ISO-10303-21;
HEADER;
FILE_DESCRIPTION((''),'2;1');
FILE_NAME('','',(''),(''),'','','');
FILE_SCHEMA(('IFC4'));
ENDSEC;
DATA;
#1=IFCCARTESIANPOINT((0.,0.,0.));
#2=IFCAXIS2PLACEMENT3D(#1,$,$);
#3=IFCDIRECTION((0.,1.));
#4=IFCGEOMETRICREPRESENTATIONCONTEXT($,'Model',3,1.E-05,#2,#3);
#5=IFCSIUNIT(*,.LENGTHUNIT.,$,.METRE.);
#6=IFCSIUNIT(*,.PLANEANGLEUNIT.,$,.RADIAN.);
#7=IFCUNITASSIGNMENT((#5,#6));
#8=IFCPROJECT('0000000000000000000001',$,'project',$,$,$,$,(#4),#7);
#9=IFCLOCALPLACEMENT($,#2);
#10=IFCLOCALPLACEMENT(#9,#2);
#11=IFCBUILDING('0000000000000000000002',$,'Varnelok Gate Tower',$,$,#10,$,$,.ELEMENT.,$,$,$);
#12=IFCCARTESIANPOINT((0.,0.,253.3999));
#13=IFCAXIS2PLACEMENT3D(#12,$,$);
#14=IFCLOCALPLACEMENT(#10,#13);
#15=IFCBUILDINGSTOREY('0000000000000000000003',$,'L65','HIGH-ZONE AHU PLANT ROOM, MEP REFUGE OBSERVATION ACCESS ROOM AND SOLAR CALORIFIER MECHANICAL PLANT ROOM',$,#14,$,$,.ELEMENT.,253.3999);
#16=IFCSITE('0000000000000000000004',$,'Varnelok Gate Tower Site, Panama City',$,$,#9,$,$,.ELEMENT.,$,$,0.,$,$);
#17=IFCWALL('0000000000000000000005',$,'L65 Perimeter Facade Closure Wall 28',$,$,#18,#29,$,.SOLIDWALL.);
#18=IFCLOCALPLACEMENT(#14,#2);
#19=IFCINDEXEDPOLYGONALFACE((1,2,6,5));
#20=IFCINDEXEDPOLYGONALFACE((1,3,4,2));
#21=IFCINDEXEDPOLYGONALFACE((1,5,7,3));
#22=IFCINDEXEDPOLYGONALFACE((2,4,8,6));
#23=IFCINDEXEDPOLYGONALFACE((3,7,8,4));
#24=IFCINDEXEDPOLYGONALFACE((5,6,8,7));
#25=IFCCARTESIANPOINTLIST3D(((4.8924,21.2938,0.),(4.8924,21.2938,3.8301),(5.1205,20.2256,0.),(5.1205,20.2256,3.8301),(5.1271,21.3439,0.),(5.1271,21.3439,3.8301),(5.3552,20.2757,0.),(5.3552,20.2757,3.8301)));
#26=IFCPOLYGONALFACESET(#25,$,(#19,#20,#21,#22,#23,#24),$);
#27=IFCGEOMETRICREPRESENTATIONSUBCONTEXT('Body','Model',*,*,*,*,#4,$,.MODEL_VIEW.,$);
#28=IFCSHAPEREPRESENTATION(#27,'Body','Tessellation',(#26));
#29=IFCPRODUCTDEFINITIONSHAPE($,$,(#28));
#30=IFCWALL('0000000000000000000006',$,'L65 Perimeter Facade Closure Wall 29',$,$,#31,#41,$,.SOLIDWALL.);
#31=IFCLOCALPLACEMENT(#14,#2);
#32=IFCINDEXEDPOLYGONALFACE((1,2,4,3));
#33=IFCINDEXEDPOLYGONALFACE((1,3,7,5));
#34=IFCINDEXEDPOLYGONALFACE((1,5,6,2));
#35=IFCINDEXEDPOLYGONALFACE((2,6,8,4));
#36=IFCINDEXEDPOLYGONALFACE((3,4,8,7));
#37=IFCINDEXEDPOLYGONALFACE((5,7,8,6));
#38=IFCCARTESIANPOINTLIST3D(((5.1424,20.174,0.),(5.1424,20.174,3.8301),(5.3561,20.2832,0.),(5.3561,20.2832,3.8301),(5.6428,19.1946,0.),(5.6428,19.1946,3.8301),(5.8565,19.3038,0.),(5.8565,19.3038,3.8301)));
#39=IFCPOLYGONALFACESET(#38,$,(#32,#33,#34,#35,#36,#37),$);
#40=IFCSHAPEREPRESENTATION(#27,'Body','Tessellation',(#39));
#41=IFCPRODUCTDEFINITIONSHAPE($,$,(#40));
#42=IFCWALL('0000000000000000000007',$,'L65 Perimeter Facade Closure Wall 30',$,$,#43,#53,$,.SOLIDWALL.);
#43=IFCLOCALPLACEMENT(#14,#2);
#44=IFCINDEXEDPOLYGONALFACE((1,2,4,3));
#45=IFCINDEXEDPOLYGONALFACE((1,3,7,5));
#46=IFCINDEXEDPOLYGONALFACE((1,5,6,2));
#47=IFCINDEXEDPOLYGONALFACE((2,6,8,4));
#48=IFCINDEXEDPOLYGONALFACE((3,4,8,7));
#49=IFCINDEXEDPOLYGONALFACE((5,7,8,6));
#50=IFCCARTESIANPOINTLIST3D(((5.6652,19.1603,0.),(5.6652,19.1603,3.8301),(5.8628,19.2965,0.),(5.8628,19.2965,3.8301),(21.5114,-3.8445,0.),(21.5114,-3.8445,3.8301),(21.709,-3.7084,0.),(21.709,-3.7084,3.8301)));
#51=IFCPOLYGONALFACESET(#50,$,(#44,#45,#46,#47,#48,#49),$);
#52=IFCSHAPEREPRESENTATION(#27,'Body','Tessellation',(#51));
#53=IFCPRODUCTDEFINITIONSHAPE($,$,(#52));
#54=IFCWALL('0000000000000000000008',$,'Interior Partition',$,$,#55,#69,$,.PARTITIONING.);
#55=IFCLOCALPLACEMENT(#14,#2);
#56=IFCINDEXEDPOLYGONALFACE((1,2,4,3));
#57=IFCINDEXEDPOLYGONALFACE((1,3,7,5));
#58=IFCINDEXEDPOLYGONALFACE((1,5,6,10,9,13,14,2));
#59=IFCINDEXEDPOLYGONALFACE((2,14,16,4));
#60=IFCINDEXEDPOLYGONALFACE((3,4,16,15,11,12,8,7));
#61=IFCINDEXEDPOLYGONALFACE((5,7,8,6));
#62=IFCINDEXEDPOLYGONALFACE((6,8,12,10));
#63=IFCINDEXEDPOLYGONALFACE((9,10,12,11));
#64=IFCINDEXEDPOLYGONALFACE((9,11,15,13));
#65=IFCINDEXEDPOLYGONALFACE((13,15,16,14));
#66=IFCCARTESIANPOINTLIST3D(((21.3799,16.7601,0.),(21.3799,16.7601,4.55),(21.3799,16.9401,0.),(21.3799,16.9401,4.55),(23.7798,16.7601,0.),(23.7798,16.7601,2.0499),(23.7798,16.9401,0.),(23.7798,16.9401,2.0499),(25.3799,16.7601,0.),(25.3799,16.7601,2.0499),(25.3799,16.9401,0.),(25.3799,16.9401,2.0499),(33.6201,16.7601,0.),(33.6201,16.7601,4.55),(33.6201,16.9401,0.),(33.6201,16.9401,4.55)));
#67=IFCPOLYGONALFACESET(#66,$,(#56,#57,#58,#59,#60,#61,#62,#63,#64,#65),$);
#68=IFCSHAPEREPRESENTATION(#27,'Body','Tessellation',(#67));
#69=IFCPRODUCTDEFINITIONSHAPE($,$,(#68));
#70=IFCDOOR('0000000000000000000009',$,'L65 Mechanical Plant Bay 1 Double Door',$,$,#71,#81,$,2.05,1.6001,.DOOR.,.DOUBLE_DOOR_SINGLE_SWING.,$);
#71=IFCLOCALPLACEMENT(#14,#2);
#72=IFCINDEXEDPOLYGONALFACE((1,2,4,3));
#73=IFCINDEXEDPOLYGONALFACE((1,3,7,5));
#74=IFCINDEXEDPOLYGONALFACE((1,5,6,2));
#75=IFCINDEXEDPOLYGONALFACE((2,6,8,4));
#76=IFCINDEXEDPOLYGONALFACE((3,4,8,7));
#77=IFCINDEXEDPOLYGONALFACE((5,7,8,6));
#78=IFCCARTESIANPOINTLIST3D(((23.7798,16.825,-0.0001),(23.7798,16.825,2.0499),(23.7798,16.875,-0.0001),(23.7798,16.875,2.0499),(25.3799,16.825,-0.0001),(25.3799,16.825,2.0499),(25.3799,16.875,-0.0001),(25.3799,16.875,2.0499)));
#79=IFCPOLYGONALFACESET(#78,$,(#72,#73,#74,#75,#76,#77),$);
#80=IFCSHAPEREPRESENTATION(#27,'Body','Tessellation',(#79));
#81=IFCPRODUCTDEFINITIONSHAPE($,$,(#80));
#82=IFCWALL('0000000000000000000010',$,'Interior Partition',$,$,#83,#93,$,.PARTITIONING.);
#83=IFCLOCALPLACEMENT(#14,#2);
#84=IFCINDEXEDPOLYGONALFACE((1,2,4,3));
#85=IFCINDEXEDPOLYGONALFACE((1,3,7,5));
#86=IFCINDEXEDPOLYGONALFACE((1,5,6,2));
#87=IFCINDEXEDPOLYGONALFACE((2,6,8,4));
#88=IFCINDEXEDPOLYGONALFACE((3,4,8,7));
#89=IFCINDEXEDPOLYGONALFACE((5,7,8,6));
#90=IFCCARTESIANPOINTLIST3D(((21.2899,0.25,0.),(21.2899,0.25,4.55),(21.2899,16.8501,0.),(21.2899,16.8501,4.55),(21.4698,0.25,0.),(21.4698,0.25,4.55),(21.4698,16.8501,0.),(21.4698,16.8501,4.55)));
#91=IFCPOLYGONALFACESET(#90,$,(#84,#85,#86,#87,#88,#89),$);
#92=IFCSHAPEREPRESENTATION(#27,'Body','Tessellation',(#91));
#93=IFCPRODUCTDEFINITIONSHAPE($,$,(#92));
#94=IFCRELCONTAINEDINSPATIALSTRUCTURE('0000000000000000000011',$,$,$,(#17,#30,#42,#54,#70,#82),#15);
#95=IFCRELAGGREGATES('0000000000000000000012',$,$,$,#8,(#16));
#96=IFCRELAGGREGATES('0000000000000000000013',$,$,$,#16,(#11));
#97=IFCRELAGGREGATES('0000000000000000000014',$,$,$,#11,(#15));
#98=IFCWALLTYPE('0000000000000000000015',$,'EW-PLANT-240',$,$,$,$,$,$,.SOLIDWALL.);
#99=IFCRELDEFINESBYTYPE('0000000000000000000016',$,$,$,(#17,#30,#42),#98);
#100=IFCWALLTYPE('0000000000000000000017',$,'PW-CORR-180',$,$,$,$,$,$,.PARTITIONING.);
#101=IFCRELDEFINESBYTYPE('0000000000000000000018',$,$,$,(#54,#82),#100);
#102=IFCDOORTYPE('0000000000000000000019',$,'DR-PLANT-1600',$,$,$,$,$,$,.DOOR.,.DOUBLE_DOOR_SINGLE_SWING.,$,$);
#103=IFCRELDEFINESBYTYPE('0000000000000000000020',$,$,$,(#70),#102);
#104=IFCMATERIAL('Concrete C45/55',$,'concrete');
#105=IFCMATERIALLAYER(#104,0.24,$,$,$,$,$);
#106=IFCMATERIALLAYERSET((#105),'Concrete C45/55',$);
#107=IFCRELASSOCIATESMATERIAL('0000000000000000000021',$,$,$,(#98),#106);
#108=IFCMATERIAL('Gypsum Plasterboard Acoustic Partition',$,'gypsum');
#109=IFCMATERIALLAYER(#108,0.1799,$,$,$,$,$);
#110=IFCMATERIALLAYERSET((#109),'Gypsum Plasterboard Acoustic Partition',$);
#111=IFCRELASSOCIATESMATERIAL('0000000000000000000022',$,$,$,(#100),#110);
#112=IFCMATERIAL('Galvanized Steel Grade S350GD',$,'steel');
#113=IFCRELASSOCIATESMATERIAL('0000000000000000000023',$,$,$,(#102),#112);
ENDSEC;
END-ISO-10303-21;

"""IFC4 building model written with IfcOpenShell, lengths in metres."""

from ifc_helpers import new_model, si_unit, direction, frame, frame_2d, origin, place, context, subcontext, project, spatial, rectangle, extrude, material, layer, layer_set, type_object, element, fill, save


model = new_model("IFC4")

# Units and contexts
model_context = context("Model", 3, precision=1e-05, world=origin(), true_north=direction((0.0, 1.0)))
body_context = subcontext(model_context, "Body", "Model", "MODEL_VIEW")
ifc_project = project(units=[si_unit("LENGTHUNIT", "METRE"), si_unit("PLANEANGLEUNIT", "RADIAN")], contexts=[model_context])

# Site, building, storey
site_placement = place(None, origin())
site = spatial("IfcSite", under=ifc_project, at=site_placement, Name="Varnelok Gate Tower Site, Panama City", CompositionType="ELEMENT", RefElevation=0.0)
building_placement = place(site_placement, origin())
building = spatial("IfcBuilding", under=site, at=building_placement, Name="Varnelok Gate Tower", CompositionType="ELEMENT")
storey_placement = place(building_placement, frame((0.0, 0.0, 253.3999)))
storey = spatial("IfcBuildingStorey", under=building, at=storey_placement, Name="L65", Description="HIGH-ZONE AHU PLANT ROOM, MEP REFUGE OBSERVATION ACCESS ROOM AND SOLAR CALORIFIER MECHANICAL PLANT ROOM", CompositionType="ELEMENT", Elevation=253.3999)

# Shared definitions
ifc_material_1 = material(Name="Concrete C45/55", Category="concrete")

# Walls
ifc_layer_1 = layer(ifc_material_1, 0.24)
ifc_layer_set_1 = layer_set([ifc_layer_1], Name="Concrete C45/55")
wall_type_1 = type_object("IfcWallType", Name="EW-PLANT-240", PredefinedType="SOLIDWALL", material=ifc_layer_set_1)
wall_1_placement = place(storey_placement, frame((5.0098, 21.3188, 0.0), z_axis=(0.0, 0.0, 1.0), x_axis=(0.208781, -0.977962, 0.0)))
element("IfcWall", 1, at=wall_1_placement, inside=storey, type_object=wall_type_1, Name="L65 Perimeter Facade Closure Wall 28", PredefinedType="SOLIDWALL", context=body_context, shape_type="SweptSolid", body=[
    extrude(rectangle(XDim=1.0923, YDim=0.24, at=frame_2d((0.5461, 0.0))), origin(), (0.0, 0.0, 1.0), 3.8301),
])
wall_2_placement = place(storey_placement, frame((5.2493, 20.2285, 0.0), z_axis=(0.0, 0.0, 1.0), x_axis=(0.455009, -0.890487, 0.0)))
element("IfcWall", 2, at=wall_2_placement, inside=storey, type_object=wall_type_1, Name="L65 Perimeter Facade Closure Wall 29", PredefinedType="SOLIDWALL", context=body_context, shape_type="SweptSolid", body=[
    extrude(rectangle(XDim=1.0999, YDim=0.24, at=frame_2d((0.5498, 0.0))), origin(), (0.0, 0.0, 1.0), 3.8301),
])
wall_3_placement = place(storey_placement, frame((5.7639, 19.2285, 0.0), z_axis=(0.0, 0.0, 1.0), x_axis=(0.567266, -0.823535, 0.0)))
element("IfcWall", 3, at=wall_3_placement, inside=storey, type_object=wall_type_1, Name="L65 Perimeter Facade Closure Wall 30", PredefinedType="SOLIDWALL", context=body_context, shape_type="SweptSolid", body=[
    extrude(rectangle(XDim=27.9343, YDim=0.24, at=frame_2d((13.9673, 0.0))), origin(), (0.0, 0.0, 1.0), 3.8301),
])

# Wall, opening, door
ifc_material_2 = material(Name="Gypsum Plasterboard Acoustic Partition", Category="gypsum")
ifc_layer_2 = layer(ifc_material_2, 0.1799)
ifc_layer_set_2 = layer_set([ifc_layer_2], Name="Gypsum Plasterboard Acoustic Partition")
wall_type_2 = type_object("IfcWallType", Name="PW-CORR-180", PredefinedType="PARTITIONING", material=ifc_layer_set_2)
wall_4_placement = place(storey_placement, frame((21.3799, 16.8501, 0.0), z_axis=(0.0, 0.0, 1.0), x_axis=(1.0, 0.0, 0.0)))
wall_4 = element("IfcWall", 4, at=wall_4_placement, inside=storey, type_object=wall_type_2, Name="Interior Partition", PredefinedType="PARTITIONING", context=body_context, shape_type="SweptSolid", body=[
    extrude(rectangle(XDim=12.2402, YDim=0.1799, at=frame_2d((6.1201, 0.0))), origin(), (0.0, 0.0, 1.0), 4.55),
])
opening_placement = place(wall_4_placement, frame((2.3999, 0.0, 0.0)))
opening = element("IfcOpeningElement", 5, at=opening_placement, cuts=wall_4, PredefinedType="OPENING", context=body_context, shape_type="SweptSolid", body=[
    extrude(rectangle(XDim=1.6001, YDim=2.05, at=frame_2d((0.8, 1.0249))), frame((0.0, 0.0999, 0.0), z_axis=(0.0, -1.0, 0.0), x_axis=(1.0, 0.0, 0.0)), (0.0, 0.0, 1.0), 0.2),
])
ifc_material_3 = material(Name="Galvanized Steel Grade S350GD", Category="steel")
door_type = type_object("IfcDoorType", Name="DR-PLANT-1600", OperationType="DOUBLE_DOOR_SINGLE_SWING", PredefinedType="DOOR", material=ifc_material_3)
door_placement = place(opening_placement, origin())
door = element("IfcDoor", 6, at=door_placement, inside=storey, type_object=door_type, Name="L65 Mechanical Plant Bay 1 Double Door", OperationType="DOUBLE_DOOR_SINGLE_SWING", OverallHeight=2.05, OverallWidth=1.6001, PredefinedType="DOOR", context=body_context, shape_type="SweptSolid", body=[
    extrude(rectangle(XDim=1.6001, YDim=2.05, at=frame_2d((0.8, 1.0249))), frame((0.0, 0.0249, 0.0), z_axis=(0.0, -1.0, 0.0), x_axis=(1.0, 0.0, 0.0)), (0.0, 0.0, 1.0), 0.05),
])
fill(opening, door)

# Wall
wall_5_placement = place(storey_placement, frame((21.3799, 0.25, 0.0), z_axis=(0.0, 0.0, 1.0), x_axis=(0.0, 1.0, 0.0)))
element("IfcWall", 7, at=wall_5_placement, inside=storey, type_object=wall_type_2, Name="Interior Partition", PredefinedType="PARTITIONING", context=body_context, shape_type="SweptSolid", body=[
    extrude(rectangle(XDim=16.6001, YDim=0.1799, at=frame_2d((8.3, 0.0))), origin(), (0.0, 0.0, 1.0), 4.55),
])

save(model, "model.ifc")
